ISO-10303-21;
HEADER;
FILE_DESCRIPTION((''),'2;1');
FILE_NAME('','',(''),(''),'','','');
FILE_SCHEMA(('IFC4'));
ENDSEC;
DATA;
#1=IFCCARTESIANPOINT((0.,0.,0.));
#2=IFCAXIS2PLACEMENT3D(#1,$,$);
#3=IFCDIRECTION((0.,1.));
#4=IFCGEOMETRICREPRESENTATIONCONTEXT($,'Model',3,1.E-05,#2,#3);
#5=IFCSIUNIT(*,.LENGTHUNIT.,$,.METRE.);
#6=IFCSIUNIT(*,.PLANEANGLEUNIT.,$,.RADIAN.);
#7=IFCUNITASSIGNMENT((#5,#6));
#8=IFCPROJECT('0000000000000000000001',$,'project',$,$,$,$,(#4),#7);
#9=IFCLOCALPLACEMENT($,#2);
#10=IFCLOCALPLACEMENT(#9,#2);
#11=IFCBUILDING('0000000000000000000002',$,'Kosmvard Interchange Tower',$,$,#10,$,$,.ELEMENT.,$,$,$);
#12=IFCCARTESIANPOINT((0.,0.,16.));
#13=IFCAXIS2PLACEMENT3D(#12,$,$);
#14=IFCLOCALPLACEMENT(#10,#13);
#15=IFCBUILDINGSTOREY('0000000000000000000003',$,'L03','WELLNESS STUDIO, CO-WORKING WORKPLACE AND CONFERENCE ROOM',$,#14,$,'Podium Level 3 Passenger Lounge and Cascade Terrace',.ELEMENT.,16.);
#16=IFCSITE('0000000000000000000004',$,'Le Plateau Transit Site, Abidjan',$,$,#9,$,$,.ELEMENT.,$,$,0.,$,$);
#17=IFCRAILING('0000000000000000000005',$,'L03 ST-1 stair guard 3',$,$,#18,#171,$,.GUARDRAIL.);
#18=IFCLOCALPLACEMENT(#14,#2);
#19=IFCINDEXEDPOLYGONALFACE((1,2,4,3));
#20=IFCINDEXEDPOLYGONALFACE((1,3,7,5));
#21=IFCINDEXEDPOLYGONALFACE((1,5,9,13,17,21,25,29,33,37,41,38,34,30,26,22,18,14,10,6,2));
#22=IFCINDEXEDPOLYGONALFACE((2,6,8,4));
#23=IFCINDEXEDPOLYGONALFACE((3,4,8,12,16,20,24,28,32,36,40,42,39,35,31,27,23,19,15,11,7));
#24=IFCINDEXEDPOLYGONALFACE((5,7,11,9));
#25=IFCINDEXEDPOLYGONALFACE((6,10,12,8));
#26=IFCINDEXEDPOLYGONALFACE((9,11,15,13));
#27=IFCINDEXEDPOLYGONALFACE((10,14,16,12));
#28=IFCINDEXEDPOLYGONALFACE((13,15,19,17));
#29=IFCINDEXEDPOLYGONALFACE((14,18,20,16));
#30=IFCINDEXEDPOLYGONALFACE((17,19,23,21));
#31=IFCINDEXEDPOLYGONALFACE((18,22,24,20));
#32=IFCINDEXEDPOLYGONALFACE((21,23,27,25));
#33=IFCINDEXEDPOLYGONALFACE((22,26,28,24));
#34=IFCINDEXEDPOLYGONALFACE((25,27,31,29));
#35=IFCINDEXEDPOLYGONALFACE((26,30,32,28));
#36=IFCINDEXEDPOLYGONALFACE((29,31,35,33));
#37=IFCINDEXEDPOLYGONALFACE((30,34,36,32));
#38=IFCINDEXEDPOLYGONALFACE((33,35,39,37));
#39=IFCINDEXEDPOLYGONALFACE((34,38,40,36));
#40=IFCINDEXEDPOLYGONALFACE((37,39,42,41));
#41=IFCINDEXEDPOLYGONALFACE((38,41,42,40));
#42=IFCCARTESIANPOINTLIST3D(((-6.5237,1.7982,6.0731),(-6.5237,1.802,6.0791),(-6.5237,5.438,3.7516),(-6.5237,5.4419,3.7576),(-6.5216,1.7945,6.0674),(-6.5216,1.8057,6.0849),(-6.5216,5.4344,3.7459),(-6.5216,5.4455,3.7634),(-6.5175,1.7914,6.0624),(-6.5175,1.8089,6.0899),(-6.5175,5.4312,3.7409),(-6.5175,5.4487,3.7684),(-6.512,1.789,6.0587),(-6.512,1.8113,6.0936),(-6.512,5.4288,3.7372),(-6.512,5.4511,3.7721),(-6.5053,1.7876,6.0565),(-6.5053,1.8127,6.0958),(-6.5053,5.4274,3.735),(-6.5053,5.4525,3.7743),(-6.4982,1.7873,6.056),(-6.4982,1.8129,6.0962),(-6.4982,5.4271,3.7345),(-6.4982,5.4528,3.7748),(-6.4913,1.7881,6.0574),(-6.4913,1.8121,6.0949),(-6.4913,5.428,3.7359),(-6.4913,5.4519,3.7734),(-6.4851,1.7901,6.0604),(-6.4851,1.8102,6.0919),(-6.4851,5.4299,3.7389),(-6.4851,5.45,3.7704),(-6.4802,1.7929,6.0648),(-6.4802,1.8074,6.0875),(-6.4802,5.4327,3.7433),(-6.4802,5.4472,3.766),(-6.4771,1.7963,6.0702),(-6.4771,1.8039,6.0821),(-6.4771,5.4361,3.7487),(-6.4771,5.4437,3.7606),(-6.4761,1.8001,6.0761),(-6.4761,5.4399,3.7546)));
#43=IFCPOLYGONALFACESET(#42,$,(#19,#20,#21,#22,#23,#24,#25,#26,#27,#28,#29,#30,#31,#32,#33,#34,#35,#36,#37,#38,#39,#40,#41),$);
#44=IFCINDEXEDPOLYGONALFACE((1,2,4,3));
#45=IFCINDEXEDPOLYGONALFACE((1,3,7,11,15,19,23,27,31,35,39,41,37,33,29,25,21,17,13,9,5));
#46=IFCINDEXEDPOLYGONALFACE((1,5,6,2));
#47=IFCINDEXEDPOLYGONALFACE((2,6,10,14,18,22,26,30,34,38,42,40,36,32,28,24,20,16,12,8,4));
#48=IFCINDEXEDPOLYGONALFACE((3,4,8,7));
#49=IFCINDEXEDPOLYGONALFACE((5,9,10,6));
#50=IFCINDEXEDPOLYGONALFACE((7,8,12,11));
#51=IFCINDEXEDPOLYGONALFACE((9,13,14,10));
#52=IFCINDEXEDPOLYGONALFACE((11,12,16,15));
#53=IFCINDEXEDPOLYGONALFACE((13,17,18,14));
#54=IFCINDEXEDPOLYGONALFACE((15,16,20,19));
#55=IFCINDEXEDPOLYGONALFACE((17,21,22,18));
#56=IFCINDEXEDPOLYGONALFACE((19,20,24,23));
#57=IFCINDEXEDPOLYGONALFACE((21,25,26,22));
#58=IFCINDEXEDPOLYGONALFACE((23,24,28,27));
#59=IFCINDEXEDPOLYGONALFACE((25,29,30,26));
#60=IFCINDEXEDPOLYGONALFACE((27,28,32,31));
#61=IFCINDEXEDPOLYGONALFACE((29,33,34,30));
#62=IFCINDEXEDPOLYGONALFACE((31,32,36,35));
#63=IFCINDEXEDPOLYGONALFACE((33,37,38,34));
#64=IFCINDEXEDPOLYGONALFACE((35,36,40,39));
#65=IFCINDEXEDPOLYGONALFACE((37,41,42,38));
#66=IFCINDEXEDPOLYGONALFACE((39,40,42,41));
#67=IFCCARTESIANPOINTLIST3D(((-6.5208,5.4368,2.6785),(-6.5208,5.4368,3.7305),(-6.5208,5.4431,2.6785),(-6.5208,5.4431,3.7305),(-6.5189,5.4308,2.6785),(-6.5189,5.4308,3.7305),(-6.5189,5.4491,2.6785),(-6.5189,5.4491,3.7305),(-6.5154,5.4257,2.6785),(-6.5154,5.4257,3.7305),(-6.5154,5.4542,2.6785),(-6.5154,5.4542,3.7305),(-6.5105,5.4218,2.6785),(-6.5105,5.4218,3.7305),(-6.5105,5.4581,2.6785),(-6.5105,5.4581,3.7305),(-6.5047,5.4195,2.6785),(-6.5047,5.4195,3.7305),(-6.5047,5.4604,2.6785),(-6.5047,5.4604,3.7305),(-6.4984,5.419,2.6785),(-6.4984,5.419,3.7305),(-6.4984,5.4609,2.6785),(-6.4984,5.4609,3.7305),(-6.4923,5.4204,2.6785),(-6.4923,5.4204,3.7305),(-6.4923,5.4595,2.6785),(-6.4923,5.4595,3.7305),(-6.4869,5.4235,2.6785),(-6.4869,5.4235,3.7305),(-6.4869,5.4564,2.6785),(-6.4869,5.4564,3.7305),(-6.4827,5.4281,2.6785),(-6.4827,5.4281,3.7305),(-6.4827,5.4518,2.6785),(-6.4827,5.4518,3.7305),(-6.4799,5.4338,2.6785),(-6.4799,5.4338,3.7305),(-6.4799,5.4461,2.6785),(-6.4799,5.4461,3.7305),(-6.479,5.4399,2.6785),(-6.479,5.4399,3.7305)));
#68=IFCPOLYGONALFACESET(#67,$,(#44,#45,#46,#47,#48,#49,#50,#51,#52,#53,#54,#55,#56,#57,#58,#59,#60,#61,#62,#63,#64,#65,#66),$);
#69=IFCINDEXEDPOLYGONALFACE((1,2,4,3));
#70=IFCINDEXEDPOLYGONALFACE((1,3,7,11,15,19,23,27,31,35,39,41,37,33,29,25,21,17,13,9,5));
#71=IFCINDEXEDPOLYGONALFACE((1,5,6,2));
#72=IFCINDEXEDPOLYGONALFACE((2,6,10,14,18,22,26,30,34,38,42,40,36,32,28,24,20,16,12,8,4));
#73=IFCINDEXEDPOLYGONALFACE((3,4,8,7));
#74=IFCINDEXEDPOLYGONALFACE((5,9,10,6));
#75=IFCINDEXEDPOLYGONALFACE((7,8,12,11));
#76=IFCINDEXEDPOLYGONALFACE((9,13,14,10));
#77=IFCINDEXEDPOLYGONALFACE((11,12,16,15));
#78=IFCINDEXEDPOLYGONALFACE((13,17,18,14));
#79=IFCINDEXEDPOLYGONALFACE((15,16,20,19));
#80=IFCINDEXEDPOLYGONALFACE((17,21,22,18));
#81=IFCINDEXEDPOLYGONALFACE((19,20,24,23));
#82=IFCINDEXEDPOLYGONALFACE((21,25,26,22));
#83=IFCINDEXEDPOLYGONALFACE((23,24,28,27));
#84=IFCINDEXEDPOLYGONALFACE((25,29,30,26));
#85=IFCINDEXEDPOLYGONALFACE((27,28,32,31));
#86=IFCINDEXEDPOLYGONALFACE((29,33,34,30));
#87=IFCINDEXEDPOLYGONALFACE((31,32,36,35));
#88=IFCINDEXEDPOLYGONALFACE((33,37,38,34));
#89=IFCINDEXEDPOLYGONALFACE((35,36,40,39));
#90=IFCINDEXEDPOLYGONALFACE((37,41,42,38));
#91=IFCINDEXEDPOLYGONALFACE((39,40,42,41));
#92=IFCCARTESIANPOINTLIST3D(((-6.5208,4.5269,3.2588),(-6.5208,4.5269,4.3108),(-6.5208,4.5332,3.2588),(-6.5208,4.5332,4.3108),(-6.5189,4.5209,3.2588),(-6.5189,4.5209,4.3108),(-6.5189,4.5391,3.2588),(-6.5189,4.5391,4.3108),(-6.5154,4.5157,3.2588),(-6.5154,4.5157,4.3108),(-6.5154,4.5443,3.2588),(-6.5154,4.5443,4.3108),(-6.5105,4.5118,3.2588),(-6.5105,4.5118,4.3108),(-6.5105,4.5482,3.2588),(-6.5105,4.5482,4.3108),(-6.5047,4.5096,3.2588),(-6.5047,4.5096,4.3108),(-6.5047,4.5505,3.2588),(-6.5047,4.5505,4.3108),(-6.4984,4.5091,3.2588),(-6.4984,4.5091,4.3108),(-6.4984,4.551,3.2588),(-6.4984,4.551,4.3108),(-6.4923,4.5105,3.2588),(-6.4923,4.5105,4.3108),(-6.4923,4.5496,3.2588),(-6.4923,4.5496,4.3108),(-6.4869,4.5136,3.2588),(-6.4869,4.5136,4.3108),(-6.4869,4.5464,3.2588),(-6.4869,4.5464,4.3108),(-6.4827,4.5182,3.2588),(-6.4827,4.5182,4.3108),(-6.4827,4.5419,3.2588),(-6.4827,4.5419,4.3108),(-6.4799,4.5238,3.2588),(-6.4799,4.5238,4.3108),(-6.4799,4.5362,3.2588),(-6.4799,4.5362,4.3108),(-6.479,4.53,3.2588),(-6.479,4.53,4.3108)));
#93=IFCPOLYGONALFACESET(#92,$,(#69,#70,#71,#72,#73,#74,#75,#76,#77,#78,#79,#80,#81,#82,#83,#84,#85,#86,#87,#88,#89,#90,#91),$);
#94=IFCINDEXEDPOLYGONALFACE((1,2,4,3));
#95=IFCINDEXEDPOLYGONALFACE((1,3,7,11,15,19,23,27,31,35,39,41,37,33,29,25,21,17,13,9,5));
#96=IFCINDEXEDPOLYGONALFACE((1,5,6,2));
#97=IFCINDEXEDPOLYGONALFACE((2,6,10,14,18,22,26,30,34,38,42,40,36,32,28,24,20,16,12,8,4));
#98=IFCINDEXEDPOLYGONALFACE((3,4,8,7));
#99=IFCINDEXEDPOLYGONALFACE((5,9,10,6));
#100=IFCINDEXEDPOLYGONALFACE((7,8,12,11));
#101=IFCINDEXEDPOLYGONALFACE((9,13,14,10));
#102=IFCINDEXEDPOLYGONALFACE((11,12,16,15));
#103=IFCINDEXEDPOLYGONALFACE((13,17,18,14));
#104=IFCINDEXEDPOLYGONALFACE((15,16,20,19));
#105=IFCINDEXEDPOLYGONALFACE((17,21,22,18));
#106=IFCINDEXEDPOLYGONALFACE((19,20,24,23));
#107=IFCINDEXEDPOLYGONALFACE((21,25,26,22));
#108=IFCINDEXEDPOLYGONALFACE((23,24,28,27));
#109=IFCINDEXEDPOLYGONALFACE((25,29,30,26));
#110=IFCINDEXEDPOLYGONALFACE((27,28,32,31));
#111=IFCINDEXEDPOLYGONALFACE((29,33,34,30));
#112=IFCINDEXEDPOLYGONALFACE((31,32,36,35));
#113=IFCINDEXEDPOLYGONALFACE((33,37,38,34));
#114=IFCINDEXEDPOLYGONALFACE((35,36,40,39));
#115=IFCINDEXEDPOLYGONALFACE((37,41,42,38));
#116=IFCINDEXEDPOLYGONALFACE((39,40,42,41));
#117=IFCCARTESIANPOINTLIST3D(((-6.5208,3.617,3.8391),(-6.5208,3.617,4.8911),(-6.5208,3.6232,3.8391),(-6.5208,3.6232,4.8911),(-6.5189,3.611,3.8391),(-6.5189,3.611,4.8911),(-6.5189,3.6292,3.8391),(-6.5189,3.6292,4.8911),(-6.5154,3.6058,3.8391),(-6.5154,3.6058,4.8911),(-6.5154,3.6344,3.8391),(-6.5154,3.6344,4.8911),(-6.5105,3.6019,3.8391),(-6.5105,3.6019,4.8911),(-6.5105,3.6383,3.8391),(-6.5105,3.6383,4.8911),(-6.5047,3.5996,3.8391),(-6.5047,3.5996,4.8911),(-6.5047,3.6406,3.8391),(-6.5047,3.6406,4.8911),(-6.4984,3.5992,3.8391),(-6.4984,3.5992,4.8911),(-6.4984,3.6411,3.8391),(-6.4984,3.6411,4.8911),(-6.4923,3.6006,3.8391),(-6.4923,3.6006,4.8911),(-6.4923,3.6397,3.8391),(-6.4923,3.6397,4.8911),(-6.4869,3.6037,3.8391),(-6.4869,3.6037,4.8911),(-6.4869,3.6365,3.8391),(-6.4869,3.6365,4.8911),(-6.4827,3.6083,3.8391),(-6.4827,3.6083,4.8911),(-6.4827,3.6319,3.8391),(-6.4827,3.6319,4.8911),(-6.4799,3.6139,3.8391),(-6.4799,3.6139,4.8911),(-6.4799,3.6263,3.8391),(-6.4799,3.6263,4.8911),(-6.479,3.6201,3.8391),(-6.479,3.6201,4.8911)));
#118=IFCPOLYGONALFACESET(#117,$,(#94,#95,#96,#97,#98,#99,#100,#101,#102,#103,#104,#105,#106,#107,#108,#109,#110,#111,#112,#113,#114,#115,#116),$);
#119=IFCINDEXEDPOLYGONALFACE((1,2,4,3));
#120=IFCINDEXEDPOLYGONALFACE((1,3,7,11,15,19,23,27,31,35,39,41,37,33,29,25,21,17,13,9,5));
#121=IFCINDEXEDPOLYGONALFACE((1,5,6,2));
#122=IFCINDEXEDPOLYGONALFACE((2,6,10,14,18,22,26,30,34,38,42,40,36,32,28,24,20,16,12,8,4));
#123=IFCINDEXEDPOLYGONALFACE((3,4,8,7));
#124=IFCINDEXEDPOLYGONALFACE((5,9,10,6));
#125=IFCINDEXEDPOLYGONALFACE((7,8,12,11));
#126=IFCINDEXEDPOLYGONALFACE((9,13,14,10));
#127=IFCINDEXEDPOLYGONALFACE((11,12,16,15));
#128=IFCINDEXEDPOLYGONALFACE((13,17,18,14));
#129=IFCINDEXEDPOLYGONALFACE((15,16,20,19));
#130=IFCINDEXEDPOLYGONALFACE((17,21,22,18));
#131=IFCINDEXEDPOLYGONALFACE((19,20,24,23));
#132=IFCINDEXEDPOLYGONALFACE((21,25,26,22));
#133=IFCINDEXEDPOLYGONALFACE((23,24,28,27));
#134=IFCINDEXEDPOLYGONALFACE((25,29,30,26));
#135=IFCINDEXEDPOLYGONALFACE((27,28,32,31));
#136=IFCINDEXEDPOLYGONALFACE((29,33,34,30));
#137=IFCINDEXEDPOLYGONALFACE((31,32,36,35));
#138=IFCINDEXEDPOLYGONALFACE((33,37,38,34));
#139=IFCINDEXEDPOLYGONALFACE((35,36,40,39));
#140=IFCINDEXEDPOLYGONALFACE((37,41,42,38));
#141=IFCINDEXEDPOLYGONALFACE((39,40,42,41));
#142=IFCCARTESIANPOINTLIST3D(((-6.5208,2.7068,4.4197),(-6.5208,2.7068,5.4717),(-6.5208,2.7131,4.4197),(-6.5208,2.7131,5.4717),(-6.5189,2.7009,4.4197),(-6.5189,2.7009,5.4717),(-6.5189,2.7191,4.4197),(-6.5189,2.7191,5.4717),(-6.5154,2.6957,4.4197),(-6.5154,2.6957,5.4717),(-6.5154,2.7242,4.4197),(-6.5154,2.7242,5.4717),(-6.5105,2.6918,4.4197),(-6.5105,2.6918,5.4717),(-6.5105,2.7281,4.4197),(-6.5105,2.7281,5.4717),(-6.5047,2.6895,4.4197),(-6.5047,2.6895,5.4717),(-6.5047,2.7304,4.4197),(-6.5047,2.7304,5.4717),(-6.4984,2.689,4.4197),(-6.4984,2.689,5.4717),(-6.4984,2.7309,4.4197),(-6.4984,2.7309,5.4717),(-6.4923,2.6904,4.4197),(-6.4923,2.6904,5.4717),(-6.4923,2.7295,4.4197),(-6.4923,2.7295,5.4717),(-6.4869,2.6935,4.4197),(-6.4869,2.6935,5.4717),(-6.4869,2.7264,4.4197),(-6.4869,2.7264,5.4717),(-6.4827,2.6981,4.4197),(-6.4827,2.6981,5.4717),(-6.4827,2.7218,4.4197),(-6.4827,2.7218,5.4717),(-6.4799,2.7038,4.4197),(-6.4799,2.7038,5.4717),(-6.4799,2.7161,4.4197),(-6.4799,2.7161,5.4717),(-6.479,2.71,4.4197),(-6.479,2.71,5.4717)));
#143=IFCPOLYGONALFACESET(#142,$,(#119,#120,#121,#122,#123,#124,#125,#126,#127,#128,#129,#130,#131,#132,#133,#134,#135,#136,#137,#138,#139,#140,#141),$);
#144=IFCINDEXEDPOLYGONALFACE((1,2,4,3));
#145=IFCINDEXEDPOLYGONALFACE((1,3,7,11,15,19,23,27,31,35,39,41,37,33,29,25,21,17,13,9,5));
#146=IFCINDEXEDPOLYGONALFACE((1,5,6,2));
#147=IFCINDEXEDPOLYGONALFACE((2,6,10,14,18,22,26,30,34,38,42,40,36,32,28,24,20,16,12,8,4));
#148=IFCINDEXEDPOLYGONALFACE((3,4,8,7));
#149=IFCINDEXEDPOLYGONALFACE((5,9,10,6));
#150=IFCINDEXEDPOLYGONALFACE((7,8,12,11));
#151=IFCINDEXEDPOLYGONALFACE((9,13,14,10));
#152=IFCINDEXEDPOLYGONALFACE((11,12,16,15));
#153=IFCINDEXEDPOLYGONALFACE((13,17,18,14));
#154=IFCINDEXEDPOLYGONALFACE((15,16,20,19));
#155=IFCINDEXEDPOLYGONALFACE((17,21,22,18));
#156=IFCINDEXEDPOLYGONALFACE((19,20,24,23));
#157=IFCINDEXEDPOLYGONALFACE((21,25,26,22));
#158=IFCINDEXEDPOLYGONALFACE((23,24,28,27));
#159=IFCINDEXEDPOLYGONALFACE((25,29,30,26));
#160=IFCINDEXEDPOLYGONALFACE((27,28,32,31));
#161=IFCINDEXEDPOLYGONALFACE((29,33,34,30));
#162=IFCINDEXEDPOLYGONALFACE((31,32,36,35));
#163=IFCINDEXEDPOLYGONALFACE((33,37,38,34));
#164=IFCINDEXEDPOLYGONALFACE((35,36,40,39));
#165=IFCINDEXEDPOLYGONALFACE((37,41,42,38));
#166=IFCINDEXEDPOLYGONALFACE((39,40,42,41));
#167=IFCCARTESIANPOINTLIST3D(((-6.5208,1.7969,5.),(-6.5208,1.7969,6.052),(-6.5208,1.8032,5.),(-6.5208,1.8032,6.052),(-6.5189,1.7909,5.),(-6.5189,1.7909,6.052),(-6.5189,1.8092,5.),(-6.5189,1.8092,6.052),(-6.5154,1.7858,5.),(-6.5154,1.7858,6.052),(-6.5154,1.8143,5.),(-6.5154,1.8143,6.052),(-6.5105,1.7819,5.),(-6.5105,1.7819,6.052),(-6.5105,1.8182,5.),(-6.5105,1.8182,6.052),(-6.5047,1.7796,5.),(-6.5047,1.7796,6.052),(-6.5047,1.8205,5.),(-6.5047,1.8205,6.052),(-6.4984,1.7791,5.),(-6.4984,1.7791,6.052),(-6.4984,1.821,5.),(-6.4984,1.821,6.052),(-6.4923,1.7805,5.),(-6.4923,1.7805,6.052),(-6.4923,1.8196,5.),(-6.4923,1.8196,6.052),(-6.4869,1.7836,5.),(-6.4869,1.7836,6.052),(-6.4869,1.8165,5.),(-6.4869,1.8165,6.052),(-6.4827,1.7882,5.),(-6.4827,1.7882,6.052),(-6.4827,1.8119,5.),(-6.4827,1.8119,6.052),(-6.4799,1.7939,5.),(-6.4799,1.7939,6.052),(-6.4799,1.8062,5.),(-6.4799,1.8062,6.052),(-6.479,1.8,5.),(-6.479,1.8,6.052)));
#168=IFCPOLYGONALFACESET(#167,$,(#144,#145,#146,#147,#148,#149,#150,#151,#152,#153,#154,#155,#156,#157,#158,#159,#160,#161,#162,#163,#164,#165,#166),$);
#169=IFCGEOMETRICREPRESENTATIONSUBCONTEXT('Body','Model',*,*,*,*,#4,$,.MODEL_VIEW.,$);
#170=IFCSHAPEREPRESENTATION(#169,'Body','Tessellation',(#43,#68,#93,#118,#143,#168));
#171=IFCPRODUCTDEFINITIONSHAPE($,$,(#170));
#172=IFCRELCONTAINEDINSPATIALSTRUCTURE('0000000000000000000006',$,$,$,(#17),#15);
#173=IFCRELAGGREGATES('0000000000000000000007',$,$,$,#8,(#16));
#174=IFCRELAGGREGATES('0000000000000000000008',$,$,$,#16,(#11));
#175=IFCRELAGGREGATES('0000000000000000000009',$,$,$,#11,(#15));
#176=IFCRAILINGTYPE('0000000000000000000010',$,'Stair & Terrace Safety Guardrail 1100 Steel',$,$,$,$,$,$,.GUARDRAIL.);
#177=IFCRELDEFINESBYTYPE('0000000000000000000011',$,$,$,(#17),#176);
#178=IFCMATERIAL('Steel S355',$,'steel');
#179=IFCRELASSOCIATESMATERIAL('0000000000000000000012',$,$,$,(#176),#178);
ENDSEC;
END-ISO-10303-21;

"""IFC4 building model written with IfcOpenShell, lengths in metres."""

from ifc_helpers import new_model, si_unit, direction, frame, origin, origin_2d, place, context, subcontext, project, spatial, circle, extrude, source, transform, mapped, material, type_object, element, save


model = new_model("IFC4")

# Units and contexts
model_context = context("Model", 3, precision=1e-05, world=origin(), true_north=direction((0.0, 1.0)))
body_context = subcontext(model_context, "Body", "Model", "MODEL_VIEW")
ifc_project = project(units=[si_unit("LENGTHUNIT", "METRE"), si_unit("PLANEANGLEUNIT", "RADIAN")], contexts=[model_context])

# Site, building, storey
site_placement = place(None, origin())
site = spatial("IfcSite", under=ifc_project, at=site_placement, Name="Le Plateau Transit Site, Abidjan", CompositionType="ELEMENT", RefElevation=0.0)
building_placement = place(site_placement, origin())
building = spatial("IfcBuilding", under=site, at=building_placement, Name="Kosmvard Interchange Tower", CompositionType="ELEMENT")
storey_placement = place(building_placement, frame((0.0, 0.0, 16.0)))
storey = spatial("IfcBuildingStorey", under=building, at=storey_placement, Name="L03", Description="WELLNESS STUDIO, CO-WORKING WORKPLACE AND CONFERENCE ROOM", LongName="Podium Level 3 Passenger Lounge and Cascade Terrace", CompositionType="ELEMENT", Elevation=16.0)

# Shared definitions
ifc_material_1 = material(Name="Steel S355", Category="steel")

# Railing
railing_type = type_object("IfcRailingType", Name="Stair & Terrace Safety Guardrail 1100 Steel", PredefinedType="GUARDRAIL", material=ifc_material_1)
shared_shape_1 = source(origin(), body_context, "Body", "SweptSolid", [
    extrude(circle(Radius=0.0239, at=origin_2d()), frame((0.0, 0.0, 1.0762), z_axis=(0.0, -0.843112, 0.537739), x_axis=(1.0, 0.0, 0.0)), (0.0, 0.0, 1.0), 4.3171),
    extrude(circle(Radius=0.021, at=origin_2d()), origin(), (0.0, 0.0, 1.0), 1.052),
    extrude(circle(Radius=0.021, at=origin_2d()), frame((0.0, -0.9099, 0.5803)), (0.0, 0.0, 1.0), 1.052),
    extrude(circle(Radius=0.021, at=origin_2d()), frame((0.0, -1.8198, 1.1606)), (0.0, 0.0, 1.0), 1.052),
    extrude(circle(Radius=0.021, at=origin_2d()), frame((0.0, -2.73, 1.7412)), (0.0, 0.0, 1.0), 1.052),
    extrude(circle(Radius=0.021, at=origin_2d()), frame((0.0, -3.6399, 2.3215)), (0.0, 0.0, 1.0), 1.052),
])
railing_1_placement = place(storey_placement, frame((-6.5, 5.4399, 2.6785)))
element("IfcRailing", 1, at=railing_1_placement, inside=storey, type_object=railing_type, Name="L03 ST-1 stair guard 3", PredefinedType="GUARDRAIL", context=body_context, shape_type="MappedRepresentation", body=[
    mapped(shared_shape_1, transform((0.0, 0.0, 0.0), scale=1.0)),
])

save(model, "model.ifc")
